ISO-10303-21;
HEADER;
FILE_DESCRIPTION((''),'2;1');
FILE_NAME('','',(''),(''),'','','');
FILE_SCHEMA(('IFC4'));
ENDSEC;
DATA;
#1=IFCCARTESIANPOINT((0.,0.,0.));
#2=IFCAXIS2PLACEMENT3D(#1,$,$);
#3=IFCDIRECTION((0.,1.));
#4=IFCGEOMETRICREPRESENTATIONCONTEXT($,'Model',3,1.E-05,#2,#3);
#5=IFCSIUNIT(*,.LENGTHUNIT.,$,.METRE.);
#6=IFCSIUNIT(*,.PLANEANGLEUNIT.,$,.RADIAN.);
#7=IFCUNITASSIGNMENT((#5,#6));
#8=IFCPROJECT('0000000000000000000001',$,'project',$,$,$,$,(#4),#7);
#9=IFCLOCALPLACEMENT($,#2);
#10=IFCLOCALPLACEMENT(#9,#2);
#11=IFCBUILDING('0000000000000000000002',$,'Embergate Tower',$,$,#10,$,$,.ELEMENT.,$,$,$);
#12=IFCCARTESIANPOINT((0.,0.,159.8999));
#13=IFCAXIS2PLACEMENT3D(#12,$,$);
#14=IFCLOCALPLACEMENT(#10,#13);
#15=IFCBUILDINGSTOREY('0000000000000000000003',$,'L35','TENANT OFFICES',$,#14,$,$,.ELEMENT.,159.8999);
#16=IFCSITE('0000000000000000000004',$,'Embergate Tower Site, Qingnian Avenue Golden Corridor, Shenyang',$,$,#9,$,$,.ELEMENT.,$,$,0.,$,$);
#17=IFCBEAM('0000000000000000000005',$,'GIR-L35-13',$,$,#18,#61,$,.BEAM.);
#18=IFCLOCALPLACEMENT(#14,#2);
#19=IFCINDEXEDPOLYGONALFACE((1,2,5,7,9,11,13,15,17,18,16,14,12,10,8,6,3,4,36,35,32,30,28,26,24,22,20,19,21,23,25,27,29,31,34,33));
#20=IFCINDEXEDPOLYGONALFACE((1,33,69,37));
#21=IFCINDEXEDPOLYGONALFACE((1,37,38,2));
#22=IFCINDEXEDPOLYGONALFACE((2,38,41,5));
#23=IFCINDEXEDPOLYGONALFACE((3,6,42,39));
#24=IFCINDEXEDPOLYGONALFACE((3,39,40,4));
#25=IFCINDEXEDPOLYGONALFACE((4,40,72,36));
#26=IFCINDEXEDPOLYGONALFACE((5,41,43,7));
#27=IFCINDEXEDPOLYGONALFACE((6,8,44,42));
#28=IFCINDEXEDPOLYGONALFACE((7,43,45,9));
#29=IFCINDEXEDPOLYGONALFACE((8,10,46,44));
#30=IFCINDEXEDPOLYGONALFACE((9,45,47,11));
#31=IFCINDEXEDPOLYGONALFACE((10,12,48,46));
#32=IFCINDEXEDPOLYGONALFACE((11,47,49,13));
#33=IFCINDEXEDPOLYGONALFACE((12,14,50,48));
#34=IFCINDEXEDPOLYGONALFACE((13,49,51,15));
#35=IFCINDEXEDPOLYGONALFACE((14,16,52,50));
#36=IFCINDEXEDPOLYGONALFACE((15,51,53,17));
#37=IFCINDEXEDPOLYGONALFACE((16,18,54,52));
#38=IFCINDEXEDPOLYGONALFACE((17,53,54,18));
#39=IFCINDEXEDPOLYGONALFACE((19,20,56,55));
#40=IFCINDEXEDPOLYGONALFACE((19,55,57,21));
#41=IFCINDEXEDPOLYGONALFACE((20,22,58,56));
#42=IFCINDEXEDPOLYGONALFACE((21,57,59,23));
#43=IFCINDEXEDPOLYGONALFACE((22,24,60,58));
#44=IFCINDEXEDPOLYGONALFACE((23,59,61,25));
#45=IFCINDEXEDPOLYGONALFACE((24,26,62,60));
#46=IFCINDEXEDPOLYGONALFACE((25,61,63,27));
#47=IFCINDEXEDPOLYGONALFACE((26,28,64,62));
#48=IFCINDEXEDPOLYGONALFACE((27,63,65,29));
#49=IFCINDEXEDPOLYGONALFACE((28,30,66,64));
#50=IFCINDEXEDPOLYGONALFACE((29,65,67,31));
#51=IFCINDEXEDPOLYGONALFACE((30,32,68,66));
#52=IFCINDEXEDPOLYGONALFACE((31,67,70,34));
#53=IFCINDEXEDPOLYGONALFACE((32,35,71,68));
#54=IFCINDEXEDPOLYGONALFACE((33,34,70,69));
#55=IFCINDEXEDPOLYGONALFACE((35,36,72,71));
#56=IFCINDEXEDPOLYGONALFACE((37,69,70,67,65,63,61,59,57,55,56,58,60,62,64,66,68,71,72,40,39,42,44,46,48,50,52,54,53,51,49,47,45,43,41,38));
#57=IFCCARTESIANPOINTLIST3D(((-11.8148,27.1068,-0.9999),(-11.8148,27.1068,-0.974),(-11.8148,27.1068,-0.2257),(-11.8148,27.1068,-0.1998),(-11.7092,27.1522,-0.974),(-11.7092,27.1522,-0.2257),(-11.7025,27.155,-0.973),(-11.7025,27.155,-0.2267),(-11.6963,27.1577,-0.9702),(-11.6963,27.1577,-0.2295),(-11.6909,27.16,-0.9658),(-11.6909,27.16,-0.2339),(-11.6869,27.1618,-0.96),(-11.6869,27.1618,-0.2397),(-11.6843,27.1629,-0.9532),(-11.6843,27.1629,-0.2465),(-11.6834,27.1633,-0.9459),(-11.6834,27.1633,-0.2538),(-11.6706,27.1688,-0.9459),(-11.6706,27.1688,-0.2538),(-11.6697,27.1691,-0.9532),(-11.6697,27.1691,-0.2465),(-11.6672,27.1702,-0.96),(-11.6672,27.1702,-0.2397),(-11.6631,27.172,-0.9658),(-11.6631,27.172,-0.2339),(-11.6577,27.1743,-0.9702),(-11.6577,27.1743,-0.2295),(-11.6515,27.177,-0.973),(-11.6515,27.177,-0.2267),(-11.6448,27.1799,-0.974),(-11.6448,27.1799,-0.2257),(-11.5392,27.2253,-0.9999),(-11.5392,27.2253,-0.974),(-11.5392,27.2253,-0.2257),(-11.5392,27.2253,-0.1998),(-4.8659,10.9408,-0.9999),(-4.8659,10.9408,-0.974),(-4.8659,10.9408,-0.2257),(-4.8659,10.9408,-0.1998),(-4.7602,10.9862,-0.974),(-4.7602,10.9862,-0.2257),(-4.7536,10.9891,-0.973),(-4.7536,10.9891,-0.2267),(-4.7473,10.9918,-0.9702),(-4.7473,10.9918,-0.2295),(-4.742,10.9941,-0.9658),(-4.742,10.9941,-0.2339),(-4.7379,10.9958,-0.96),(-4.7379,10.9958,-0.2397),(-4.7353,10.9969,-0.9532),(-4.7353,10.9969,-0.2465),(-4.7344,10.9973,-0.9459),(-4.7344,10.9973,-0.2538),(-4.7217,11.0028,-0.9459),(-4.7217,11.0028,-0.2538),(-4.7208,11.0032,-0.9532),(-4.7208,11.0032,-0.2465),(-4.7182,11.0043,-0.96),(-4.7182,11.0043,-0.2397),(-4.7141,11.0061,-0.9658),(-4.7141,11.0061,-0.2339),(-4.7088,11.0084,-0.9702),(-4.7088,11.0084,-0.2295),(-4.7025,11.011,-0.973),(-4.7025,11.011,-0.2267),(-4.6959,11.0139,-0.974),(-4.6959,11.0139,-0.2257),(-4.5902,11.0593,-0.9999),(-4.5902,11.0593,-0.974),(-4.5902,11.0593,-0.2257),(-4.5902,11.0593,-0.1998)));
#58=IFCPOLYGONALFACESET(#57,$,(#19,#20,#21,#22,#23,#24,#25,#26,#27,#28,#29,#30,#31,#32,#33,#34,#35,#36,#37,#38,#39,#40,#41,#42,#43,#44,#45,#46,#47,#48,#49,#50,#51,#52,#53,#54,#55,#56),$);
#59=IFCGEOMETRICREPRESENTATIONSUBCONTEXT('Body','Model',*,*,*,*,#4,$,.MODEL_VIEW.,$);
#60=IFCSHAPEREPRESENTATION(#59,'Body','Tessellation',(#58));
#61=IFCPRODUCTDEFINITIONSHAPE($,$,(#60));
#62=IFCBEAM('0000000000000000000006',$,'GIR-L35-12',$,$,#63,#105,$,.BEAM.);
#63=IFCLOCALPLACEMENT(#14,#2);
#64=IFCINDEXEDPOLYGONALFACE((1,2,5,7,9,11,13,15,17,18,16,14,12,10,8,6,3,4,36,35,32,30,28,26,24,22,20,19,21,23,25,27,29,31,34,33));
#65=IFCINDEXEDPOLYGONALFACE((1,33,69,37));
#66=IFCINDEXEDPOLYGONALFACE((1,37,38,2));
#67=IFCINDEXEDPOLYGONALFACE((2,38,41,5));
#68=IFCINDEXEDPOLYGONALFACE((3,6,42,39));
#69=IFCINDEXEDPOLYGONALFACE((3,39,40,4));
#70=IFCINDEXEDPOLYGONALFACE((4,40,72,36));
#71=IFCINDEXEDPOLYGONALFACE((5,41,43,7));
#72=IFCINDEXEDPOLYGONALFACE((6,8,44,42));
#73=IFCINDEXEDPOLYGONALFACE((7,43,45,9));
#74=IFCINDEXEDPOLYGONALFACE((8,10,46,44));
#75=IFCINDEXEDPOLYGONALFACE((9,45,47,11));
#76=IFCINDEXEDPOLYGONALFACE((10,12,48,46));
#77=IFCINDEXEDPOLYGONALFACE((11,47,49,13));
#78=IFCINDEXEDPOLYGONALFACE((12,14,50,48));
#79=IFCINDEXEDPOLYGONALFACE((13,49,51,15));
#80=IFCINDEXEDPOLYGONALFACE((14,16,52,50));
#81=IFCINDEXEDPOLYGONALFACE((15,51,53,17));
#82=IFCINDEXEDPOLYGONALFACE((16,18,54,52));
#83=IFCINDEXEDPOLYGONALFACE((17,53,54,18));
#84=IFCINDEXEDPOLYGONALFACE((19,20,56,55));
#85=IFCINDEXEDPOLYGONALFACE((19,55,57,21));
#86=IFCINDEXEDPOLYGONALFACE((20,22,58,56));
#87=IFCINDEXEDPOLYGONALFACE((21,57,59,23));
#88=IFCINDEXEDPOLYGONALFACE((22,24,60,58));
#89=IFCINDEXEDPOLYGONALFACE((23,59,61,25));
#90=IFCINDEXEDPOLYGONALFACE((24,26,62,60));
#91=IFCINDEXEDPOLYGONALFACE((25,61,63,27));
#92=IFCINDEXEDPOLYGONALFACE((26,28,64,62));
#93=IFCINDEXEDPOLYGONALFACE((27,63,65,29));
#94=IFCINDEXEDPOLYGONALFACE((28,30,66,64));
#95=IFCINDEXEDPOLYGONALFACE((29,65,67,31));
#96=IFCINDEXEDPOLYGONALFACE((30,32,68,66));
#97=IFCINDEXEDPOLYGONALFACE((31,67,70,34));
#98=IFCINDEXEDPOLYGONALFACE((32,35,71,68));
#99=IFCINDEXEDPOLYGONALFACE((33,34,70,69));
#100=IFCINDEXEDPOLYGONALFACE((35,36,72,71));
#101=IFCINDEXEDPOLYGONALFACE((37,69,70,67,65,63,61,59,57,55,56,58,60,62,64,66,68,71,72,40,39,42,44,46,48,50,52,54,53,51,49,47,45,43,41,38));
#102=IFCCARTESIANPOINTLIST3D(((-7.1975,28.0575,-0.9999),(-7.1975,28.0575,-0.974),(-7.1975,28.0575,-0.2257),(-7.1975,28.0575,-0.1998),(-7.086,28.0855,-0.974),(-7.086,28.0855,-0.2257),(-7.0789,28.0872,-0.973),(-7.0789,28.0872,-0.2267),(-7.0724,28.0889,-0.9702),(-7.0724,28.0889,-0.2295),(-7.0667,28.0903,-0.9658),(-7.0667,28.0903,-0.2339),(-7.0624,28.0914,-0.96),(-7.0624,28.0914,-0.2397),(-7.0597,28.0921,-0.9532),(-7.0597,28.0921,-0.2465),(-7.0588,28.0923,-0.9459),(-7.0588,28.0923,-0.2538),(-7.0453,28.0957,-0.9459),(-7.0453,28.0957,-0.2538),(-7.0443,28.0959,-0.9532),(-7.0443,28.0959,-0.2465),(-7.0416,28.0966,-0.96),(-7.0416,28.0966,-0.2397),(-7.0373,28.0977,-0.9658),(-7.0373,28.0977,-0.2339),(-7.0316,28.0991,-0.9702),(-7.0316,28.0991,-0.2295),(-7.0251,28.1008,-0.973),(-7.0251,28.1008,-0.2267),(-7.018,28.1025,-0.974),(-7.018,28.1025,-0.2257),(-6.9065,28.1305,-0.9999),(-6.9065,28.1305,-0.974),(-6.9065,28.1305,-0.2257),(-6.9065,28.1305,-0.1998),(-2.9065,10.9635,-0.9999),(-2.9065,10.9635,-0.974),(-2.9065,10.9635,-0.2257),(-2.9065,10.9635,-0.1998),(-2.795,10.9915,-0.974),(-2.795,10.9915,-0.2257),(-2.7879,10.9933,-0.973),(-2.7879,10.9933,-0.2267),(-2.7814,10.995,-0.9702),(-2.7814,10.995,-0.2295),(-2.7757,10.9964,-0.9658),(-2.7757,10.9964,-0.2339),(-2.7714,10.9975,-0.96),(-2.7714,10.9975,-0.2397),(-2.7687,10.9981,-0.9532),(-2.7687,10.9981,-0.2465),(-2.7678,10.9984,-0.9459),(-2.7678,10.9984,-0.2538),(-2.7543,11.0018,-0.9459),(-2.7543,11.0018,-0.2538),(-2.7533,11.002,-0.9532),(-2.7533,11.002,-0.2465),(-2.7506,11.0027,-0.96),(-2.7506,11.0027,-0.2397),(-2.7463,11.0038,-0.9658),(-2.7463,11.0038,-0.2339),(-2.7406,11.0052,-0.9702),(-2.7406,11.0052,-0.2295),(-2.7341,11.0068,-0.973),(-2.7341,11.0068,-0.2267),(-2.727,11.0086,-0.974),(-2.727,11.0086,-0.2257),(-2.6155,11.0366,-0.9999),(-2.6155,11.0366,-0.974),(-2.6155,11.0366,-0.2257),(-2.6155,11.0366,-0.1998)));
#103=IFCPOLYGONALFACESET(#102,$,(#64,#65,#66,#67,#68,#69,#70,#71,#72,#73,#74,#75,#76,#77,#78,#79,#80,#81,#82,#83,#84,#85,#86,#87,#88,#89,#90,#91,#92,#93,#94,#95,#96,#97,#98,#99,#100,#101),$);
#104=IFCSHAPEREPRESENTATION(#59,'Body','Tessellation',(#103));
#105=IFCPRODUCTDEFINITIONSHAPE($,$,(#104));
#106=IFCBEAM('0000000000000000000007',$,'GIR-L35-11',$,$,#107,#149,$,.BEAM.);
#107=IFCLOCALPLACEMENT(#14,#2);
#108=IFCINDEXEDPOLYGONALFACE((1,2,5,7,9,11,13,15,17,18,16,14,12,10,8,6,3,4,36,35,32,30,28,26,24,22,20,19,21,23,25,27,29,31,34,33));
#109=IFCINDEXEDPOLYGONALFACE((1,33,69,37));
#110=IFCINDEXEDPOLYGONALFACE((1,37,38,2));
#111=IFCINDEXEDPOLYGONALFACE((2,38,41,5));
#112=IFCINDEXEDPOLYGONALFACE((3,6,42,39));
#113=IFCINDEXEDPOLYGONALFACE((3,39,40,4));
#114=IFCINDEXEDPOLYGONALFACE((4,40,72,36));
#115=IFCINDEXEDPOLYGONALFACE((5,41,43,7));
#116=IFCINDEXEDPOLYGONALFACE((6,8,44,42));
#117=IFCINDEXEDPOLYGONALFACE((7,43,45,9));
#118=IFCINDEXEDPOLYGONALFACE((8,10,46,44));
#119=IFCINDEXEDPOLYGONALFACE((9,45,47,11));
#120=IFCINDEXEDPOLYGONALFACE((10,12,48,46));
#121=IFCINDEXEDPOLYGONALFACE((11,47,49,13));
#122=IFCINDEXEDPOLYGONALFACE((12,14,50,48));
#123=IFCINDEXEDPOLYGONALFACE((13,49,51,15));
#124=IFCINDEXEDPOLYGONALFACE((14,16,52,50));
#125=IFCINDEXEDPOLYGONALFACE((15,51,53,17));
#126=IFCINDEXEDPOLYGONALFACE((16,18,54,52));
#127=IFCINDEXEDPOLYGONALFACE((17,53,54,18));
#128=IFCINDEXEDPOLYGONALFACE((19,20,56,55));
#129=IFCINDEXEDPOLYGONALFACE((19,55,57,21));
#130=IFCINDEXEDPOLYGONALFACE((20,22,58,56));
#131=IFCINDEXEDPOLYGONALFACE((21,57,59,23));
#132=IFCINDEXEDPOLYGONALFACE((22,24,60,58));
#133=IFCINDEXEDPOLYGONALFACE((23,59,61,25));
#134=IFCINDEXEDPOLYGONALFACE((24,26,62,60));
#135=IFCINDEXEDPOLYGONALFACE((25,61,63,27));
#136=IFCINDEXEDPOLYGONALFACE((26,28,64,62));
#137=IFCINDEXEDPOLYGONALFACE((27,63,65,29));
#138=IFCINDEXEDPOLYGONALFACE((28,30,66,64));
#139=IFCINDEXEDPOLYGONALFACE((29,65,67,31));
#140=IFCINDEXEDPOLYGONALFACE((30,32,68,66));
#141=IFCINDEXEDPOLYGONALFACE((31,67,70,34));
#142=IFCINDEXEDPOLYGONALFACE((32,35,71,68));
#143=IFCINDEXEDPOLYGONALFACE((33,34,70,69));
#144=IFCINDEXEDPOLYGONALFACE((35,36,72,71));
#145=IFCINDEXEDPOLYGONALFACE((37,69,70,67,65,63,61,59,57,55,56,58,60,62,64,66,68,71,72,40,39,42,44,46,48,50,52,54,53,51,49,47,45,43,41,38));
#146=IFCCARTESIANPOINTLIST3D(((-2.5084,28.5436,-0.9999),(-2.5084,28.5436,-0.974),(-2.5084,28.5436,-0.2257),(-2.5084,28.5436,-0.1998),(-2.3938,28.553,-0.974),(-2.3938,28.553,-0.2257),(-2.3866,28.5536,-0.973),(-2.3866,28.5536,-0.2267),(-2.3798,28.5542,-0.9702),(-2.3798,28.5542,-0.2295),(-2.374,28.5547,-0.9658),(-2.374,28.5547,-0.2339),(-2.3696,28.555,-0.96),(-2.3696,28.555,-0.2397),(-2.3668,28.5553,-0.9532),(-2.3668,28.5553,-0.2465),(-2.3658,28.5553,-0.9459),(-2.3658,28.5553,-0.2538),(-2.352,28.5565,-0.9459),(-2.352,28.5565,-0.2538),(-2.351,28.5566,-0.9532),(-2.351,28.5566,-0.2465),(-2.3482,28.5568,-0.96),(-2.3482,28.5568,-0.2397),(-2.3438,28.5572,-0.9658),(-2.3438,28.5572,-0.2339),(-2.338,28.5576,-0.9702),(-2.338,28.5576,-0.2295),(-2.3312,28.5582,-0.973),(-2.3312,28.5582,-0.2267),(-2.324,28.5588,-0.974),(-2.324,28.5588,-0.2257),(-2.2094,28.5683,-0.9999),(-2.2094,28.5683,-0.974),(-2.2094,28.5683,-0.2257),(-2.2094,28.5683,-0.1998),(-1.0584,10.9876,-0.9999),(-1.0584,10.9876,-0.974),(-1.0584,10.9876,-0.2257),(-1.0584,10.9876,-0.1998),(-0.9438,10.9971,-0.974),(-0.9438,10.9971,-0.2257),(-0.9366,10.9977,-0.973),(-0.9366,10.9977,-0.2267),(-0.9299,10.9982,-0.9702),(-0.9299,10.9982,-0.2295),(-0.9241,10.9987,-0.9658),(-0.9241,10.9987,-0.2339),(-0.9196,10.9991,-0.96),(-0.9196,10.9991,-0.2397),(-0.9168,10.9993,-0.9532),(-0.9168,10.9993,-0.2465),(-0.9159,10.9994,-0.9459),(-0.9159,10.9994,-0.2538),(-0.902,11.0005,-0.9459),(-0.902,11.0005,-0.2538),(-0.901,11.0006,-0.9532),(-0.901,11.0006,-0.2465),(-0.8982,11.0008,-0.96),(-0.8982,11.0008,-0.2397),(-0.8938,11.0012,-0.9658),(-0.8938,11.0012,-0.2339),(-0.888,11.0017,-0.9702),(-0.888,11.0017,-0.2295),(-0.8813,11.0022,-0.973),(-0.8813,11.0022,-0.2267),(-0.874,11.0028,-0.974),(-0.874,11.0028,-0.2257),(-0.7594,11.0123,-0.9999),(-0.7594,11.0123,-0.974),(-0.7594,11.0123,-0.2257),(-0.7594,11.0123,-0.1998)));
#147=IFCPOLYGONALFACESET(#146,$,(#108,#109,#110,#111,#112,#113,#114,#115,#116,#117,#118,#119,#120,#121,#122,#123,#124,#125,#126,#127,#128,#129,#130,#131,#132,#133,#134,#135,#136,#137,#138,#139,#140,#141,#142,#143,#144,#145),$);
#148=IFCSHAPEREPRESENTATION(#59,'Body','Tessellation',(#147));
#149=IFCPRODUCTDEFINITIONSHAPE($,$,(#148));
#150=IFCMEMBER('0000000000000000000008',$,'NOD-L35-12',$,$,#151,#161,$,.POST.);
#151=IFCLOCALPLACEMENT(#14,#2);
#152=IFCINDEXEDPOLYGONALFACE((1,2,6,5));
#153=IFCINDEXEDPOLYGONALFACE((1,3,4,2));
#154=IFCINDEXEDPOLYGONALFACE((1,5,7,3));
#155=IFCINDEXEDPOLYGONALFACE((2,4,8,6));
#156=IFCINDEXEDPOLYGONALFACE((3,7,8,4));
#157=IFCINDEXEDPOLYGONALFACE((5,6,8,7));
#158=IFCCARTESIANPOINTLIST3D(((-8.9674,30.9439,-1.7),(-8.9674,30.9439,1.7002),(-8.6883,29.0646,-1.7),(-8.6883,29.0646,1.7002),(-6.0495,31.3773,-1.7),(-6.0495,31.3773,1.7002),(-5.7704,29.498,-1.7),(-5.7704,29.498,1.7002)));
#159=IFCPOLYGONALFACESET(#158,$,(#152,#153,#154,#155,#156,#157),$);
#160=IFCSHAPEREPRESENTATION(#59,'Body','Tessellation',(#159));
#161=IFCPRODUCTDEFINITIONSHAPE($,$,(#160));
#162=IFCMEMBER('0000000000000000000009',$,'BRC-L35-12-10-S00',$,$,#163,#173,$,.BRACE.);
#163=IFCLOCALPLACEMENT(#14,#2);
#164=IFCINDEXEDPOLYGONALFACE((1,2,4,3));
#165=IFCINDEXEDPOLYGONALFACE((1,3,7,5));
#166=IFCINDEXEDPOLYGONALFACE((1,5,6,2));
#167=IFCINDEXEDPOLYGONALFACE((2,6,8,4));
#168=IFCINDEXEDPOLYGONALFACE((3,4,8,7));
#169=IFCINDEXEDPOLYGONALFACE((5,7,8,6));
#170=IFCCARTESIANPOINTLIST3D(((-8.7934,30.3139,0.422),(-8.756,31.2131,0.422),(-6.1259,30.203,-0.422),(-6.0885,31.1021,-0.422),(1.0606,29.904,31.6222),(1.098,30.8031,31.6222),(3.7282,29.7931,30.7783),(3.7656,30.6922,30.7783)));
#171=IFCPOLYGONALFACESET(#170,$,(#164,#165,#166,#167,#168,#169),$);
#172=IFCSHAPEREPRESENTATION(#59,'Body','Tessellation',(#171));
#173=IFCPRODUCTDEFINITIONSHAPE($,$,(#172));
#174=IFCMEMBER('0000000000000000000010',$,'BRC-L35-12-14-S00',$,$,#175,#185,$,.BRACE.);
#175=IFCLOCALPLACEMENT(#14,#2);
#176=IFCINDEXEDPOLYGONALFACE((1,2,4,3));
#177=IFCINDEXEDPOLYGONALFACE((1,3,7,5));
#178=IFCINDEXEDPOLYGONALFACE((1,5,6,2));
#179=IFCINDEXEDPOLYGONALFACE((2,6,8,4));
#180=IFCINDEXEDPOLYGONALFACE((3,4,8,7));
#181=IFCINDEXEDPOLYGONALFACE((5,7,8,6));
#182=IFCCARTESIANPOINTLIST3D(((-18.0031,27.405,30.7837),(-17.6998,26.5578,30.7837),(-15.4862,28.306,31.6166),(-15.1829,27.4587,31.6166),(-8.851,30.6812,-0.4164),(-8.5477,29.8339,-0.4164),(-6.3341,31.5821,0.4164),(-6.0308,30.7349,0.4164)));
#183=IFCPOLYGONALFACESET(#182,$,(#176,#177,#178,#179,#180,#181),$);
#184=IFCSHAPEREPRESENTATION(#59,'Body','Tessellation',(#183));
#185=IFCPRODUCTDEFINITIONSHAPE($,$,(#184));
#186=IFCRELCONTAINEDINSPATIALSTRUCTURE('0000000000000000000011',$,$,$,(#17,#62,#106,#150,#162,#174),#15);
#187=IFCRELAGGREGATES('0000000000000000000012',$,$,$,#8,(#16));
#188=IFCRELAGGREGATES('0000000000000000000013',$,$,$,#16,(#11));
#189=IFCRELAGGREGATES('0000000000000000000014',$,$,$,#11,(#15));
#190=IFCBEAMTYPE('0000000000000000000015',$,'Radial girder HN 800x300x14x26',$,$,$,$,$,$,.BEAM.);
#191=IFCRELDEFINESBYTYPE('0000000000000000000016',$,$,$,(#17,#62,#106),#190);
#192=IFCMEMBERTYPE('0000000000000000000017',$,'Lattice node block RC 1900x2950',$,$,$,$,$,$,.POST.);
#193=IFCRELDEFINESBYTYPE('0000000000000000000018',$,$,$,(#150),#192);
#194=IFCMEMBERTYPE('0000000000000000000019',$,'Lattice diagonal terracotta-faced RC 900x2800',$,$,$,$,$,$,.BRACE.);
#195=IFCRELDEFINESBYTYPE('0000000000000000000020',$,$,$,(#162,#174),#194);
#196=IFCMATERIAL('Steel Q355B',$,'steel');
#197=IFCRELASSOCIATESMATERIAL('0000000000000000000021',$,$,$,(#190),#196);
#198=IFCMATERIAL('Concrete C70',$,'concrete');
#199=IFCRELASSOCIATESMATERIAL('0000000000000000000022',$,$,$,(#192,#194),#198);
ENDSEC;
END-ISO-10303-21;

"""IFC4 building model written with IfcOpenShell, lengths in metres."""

from ifc_helpers import new_model, si_unit, direction, frame, origin, origin_2d, place, context, subcontext, project, spatial, rectangle, i_section, extrude, source, transform, mapped, material, material_profile, profile_set, type_object, element, save


model = new_model("IFC4")

# Units and contexts
model_context = context("Model", 3, precision=1e-05, world=origin(), true_north=direction((0.0, 1.0)))
body_context = subcontext(model_context, "Body", "Model", "MODEL_VIEW")
ifc_project = project(units=[si_unit("LENGTHUNIT", "METRE"), si_unit("PLANEANGLEUNIT", "RADIAN")], contexts=[model_context])

# Site, building, storey
site_placement = place(None, origin())
site = spatial("IfcSite", under=ifc_project, at=site_placement, Name="Embergate Tower Site, Qingnian Avenue Golden Corridor, Shenyang", CompositionType="ELEMENT", RefElevation=0.0)
building_placement = place(site_placement, origin())
building = spatial("IfcBuilding", under=site, at=building_placement, Name="Embergate Tower", CompositionType="ELEMENT")
storey_placement = place(building_placement, frame((0.0, 0.0, 159.8999)))
storey = spatial("IfcBuildingStorey", under=building, at=storey_placement, Name="L35", Description="TENANT OFFICES", CompositionType="ELEMENT", Elevation=159.8999)

# Shared definitions
ifc_material_1 = material(Name="Concrete C70", Category="concrete")

# Beams
ifc_material_2 = material(Name="Steel Q355B", Category="steel")
ifc_material_profile_1 = material_profile(ifc_material_2, i_section(OverallWidth=0.3, OverallDepth=0.8, WebThickness=0.0139, FlangeThickness=0.0259, FilletRadius=0.0281, at=origin_2d()), Name="HN 800x300x14x26")
ifc_profile_set_1 = profile_set([ifc_material_profile_1], Name="Steel Q355 grade B")
beam_type_1 = type_object("IfcBeamType", Name="Radial girder HN 800x300x14x26", PredefinedType="BEAM", material=ifc_profile_set_1)
shared_shape_1 = source(origin(), body_context, "Body", "SweptSolid", [
    extrude(i_section(OverallWidth=0.3, OverallDepth=0.8, WebThickness=0.0139, FlangeThickness=0.0259, FilletRadius=0.0281, at=origin_2d()), origin(), (0.0, 0.0, 1.0), 17.5962),
])
beam_1_placement = place(storey_placement, frame((-11.677, 27.166, -0.5999), z_axis=(0.394912, -0.918719, 0.0), x_axis=(0.918719, 0.394912, 0.0)))
element("IfcBeam", 1, at=beam_1_placement, inside=storey, type_object=beam_type_1, Name="GIR-L35-13", PredefinedType="BEAM", context=body_context, shape_type="MappedRepresentation", body=[
    mapped(shared_shape_1, transform((0.0, 0.0, 0.0))),
])
shared_shape_2 = source(origin(), body_context, "Body", "SweptSolid", [
    extrude(i_section(OverallWidth=0.3, OverallDepth=0.8, WebThickness=0.0139, FlangeThickness=0.0259, FilletRadius=0.0281, at=origin_2d()), origin(), (0.0, 0.0, 1.0), 17.6243),
])
beam_2_placement = place(storey_placement, frame((-7.052, 28.094, -0.5999), z_axis=(0.243471, -0.969908, 0.0), x_axis=(0.969908, 0.243471, 0.0)))
element("IfcBeam", 2, at=beam_2_placement, inside=storey, type_object=beam_type_1, Name="GIR-L35-12", PredefinedType="BEAM", context=body_context, shape_type="MappedRepresentation", body=[
    mapped(shared_shape_2, transform((0.0, 0.0, 0.0))),
])
shared_shape_3 = source(origin(), body_context, "Body", "SweptSolid", [
    extrude(i_section(OverallWidth=0.3, OverallDepth=0.8, WebThickness=0.0139, FlangeThickness=0.0259, FilletRadius=0.0281, at=origin_2d()), origin(), (0.0, 0.0, 1.0), 17.6157),
])
beam_3_placement = place(storey_placement, frame((-2.3589, 28.5559, -0.5999), z_axis=(0.08231, -0.996607, 0.0), x_axis=(0.996607, 0.08231, 0.0)))
element("IfcBeam", 3, at=beam_3_placement, inside=storey, type_object=beam_type_1, Name="GIR-L35-11", PredefinedType="BEAM", context=body_context, shape_type="MappedRepresentation", body=[
    mapped(shared_shape_3, transform((0.0, 0.0, 0.0))),
])

# Members
ifc_material_profile_2 = material_profile(ifc_material_1, rectangle(XDim=1.8999, YDim=2.95, at=origin_2d()), Name="RC 1900x2950")
ifc_profile_set_2 = profile_set([ifc_material_profile_2], Name="Concrete C70")
member_type_1 = type_object("IfcMemberType", Name="Lattice node block RC 1900x2950", PredefinedType="POST", material=ifc_profile_set_2)
shared_shape_4 = source(origin(), body_context, "Body", "SweptSolid", [
    extrude(rectangle(XDim=1.8999, YDim=2.95, at=origin_2d()), origin(), (0.0, 0.0, 1.0), 3.4001),
])
member_1_placement = place(storey_placement, frame((-7.3689, 30.2209, -1.7), z_axis=(0.0, 0.0, 1.0), x_axis=(-0.146929, 0.989147, 0.0)))
element("IfcMember", 4, at=member_1_placement, inside=storey, type_object=member_type_1, Name="NOD-L35-12", PredefinedType="POST", context=body_context, shape_type="MappedRepresentation", body=[
    mapped(shared_shape_4, transform((0.0, 0.0, 0.0))),
])
ifc_material_profile_3 = material_profile(ifc_material_1, rectangle(XDim=0.8999, YDim=2.8, at=origin_2d()), Name="RC 900x2800")
ifc_profile_set_3 = profile_set([ifc_material_profile_3], Name="Concrete C70")
member_type_2 = type_object("IfcMemberType", Name="Lattice diagonal terracotta-faced RC 900x2800", PredefinedType="BRACE", material=ifc_profile_set_3)
shared_shape_5 = source(origin(), body_context, "Body", "SweptSolid", [
    extrude(rectangle(XDim=0.8999, YDim=2.8, at=origin_2d()), origin(), (0.0, 0.0, 1.0), 32.7219),
])
member_2_placement = place(storey_placement, frame((-7.4409, 30.708, 0.0), z_axis=(0.301144, -0.012527, 0.953496), x_axis=(0.041563, 0.999136, 0.0)))
element("IfcMember", 5, at=member_2_placement, inside=storey, type_object=member_type_2, Name="BRC-L35-12-10-S00", PredefinedType="BRACE", context=body_context, shape_type="MappedRepresentation", body=[
    mapped(shared_shape_5, transform((0.0, 0.0, 0.0))),
])
shared_shape_6 = source(origin(), body_context, "Body", "SweptSolid", [
    extrude(rectangle(XDim=0.8999, YDim=2.8, at=origin_2d()), origin(), (0.0, 0.0, 1.0), 32.6794),
])
member_3_placement = place(storey_placement, frame((-7.4409, 30.708, 0.0), z_axis=(-0.280057, -0.10025, 0.954735), x_axis=(0.337022, -0.941497, 0.0)))
element("IfcMember", 6, at=member_3_placement, inside=storey, type_object=member_type_2, Name="BRC-L35-12-14-S00", PredefinedType="BRACE", context=body_context, shape_type="MappedRepresentation", body=[
    mapped(shared_shape_6, transform((0.0, 0.0, 0.0))),
])

save(model, "model.ifc")
